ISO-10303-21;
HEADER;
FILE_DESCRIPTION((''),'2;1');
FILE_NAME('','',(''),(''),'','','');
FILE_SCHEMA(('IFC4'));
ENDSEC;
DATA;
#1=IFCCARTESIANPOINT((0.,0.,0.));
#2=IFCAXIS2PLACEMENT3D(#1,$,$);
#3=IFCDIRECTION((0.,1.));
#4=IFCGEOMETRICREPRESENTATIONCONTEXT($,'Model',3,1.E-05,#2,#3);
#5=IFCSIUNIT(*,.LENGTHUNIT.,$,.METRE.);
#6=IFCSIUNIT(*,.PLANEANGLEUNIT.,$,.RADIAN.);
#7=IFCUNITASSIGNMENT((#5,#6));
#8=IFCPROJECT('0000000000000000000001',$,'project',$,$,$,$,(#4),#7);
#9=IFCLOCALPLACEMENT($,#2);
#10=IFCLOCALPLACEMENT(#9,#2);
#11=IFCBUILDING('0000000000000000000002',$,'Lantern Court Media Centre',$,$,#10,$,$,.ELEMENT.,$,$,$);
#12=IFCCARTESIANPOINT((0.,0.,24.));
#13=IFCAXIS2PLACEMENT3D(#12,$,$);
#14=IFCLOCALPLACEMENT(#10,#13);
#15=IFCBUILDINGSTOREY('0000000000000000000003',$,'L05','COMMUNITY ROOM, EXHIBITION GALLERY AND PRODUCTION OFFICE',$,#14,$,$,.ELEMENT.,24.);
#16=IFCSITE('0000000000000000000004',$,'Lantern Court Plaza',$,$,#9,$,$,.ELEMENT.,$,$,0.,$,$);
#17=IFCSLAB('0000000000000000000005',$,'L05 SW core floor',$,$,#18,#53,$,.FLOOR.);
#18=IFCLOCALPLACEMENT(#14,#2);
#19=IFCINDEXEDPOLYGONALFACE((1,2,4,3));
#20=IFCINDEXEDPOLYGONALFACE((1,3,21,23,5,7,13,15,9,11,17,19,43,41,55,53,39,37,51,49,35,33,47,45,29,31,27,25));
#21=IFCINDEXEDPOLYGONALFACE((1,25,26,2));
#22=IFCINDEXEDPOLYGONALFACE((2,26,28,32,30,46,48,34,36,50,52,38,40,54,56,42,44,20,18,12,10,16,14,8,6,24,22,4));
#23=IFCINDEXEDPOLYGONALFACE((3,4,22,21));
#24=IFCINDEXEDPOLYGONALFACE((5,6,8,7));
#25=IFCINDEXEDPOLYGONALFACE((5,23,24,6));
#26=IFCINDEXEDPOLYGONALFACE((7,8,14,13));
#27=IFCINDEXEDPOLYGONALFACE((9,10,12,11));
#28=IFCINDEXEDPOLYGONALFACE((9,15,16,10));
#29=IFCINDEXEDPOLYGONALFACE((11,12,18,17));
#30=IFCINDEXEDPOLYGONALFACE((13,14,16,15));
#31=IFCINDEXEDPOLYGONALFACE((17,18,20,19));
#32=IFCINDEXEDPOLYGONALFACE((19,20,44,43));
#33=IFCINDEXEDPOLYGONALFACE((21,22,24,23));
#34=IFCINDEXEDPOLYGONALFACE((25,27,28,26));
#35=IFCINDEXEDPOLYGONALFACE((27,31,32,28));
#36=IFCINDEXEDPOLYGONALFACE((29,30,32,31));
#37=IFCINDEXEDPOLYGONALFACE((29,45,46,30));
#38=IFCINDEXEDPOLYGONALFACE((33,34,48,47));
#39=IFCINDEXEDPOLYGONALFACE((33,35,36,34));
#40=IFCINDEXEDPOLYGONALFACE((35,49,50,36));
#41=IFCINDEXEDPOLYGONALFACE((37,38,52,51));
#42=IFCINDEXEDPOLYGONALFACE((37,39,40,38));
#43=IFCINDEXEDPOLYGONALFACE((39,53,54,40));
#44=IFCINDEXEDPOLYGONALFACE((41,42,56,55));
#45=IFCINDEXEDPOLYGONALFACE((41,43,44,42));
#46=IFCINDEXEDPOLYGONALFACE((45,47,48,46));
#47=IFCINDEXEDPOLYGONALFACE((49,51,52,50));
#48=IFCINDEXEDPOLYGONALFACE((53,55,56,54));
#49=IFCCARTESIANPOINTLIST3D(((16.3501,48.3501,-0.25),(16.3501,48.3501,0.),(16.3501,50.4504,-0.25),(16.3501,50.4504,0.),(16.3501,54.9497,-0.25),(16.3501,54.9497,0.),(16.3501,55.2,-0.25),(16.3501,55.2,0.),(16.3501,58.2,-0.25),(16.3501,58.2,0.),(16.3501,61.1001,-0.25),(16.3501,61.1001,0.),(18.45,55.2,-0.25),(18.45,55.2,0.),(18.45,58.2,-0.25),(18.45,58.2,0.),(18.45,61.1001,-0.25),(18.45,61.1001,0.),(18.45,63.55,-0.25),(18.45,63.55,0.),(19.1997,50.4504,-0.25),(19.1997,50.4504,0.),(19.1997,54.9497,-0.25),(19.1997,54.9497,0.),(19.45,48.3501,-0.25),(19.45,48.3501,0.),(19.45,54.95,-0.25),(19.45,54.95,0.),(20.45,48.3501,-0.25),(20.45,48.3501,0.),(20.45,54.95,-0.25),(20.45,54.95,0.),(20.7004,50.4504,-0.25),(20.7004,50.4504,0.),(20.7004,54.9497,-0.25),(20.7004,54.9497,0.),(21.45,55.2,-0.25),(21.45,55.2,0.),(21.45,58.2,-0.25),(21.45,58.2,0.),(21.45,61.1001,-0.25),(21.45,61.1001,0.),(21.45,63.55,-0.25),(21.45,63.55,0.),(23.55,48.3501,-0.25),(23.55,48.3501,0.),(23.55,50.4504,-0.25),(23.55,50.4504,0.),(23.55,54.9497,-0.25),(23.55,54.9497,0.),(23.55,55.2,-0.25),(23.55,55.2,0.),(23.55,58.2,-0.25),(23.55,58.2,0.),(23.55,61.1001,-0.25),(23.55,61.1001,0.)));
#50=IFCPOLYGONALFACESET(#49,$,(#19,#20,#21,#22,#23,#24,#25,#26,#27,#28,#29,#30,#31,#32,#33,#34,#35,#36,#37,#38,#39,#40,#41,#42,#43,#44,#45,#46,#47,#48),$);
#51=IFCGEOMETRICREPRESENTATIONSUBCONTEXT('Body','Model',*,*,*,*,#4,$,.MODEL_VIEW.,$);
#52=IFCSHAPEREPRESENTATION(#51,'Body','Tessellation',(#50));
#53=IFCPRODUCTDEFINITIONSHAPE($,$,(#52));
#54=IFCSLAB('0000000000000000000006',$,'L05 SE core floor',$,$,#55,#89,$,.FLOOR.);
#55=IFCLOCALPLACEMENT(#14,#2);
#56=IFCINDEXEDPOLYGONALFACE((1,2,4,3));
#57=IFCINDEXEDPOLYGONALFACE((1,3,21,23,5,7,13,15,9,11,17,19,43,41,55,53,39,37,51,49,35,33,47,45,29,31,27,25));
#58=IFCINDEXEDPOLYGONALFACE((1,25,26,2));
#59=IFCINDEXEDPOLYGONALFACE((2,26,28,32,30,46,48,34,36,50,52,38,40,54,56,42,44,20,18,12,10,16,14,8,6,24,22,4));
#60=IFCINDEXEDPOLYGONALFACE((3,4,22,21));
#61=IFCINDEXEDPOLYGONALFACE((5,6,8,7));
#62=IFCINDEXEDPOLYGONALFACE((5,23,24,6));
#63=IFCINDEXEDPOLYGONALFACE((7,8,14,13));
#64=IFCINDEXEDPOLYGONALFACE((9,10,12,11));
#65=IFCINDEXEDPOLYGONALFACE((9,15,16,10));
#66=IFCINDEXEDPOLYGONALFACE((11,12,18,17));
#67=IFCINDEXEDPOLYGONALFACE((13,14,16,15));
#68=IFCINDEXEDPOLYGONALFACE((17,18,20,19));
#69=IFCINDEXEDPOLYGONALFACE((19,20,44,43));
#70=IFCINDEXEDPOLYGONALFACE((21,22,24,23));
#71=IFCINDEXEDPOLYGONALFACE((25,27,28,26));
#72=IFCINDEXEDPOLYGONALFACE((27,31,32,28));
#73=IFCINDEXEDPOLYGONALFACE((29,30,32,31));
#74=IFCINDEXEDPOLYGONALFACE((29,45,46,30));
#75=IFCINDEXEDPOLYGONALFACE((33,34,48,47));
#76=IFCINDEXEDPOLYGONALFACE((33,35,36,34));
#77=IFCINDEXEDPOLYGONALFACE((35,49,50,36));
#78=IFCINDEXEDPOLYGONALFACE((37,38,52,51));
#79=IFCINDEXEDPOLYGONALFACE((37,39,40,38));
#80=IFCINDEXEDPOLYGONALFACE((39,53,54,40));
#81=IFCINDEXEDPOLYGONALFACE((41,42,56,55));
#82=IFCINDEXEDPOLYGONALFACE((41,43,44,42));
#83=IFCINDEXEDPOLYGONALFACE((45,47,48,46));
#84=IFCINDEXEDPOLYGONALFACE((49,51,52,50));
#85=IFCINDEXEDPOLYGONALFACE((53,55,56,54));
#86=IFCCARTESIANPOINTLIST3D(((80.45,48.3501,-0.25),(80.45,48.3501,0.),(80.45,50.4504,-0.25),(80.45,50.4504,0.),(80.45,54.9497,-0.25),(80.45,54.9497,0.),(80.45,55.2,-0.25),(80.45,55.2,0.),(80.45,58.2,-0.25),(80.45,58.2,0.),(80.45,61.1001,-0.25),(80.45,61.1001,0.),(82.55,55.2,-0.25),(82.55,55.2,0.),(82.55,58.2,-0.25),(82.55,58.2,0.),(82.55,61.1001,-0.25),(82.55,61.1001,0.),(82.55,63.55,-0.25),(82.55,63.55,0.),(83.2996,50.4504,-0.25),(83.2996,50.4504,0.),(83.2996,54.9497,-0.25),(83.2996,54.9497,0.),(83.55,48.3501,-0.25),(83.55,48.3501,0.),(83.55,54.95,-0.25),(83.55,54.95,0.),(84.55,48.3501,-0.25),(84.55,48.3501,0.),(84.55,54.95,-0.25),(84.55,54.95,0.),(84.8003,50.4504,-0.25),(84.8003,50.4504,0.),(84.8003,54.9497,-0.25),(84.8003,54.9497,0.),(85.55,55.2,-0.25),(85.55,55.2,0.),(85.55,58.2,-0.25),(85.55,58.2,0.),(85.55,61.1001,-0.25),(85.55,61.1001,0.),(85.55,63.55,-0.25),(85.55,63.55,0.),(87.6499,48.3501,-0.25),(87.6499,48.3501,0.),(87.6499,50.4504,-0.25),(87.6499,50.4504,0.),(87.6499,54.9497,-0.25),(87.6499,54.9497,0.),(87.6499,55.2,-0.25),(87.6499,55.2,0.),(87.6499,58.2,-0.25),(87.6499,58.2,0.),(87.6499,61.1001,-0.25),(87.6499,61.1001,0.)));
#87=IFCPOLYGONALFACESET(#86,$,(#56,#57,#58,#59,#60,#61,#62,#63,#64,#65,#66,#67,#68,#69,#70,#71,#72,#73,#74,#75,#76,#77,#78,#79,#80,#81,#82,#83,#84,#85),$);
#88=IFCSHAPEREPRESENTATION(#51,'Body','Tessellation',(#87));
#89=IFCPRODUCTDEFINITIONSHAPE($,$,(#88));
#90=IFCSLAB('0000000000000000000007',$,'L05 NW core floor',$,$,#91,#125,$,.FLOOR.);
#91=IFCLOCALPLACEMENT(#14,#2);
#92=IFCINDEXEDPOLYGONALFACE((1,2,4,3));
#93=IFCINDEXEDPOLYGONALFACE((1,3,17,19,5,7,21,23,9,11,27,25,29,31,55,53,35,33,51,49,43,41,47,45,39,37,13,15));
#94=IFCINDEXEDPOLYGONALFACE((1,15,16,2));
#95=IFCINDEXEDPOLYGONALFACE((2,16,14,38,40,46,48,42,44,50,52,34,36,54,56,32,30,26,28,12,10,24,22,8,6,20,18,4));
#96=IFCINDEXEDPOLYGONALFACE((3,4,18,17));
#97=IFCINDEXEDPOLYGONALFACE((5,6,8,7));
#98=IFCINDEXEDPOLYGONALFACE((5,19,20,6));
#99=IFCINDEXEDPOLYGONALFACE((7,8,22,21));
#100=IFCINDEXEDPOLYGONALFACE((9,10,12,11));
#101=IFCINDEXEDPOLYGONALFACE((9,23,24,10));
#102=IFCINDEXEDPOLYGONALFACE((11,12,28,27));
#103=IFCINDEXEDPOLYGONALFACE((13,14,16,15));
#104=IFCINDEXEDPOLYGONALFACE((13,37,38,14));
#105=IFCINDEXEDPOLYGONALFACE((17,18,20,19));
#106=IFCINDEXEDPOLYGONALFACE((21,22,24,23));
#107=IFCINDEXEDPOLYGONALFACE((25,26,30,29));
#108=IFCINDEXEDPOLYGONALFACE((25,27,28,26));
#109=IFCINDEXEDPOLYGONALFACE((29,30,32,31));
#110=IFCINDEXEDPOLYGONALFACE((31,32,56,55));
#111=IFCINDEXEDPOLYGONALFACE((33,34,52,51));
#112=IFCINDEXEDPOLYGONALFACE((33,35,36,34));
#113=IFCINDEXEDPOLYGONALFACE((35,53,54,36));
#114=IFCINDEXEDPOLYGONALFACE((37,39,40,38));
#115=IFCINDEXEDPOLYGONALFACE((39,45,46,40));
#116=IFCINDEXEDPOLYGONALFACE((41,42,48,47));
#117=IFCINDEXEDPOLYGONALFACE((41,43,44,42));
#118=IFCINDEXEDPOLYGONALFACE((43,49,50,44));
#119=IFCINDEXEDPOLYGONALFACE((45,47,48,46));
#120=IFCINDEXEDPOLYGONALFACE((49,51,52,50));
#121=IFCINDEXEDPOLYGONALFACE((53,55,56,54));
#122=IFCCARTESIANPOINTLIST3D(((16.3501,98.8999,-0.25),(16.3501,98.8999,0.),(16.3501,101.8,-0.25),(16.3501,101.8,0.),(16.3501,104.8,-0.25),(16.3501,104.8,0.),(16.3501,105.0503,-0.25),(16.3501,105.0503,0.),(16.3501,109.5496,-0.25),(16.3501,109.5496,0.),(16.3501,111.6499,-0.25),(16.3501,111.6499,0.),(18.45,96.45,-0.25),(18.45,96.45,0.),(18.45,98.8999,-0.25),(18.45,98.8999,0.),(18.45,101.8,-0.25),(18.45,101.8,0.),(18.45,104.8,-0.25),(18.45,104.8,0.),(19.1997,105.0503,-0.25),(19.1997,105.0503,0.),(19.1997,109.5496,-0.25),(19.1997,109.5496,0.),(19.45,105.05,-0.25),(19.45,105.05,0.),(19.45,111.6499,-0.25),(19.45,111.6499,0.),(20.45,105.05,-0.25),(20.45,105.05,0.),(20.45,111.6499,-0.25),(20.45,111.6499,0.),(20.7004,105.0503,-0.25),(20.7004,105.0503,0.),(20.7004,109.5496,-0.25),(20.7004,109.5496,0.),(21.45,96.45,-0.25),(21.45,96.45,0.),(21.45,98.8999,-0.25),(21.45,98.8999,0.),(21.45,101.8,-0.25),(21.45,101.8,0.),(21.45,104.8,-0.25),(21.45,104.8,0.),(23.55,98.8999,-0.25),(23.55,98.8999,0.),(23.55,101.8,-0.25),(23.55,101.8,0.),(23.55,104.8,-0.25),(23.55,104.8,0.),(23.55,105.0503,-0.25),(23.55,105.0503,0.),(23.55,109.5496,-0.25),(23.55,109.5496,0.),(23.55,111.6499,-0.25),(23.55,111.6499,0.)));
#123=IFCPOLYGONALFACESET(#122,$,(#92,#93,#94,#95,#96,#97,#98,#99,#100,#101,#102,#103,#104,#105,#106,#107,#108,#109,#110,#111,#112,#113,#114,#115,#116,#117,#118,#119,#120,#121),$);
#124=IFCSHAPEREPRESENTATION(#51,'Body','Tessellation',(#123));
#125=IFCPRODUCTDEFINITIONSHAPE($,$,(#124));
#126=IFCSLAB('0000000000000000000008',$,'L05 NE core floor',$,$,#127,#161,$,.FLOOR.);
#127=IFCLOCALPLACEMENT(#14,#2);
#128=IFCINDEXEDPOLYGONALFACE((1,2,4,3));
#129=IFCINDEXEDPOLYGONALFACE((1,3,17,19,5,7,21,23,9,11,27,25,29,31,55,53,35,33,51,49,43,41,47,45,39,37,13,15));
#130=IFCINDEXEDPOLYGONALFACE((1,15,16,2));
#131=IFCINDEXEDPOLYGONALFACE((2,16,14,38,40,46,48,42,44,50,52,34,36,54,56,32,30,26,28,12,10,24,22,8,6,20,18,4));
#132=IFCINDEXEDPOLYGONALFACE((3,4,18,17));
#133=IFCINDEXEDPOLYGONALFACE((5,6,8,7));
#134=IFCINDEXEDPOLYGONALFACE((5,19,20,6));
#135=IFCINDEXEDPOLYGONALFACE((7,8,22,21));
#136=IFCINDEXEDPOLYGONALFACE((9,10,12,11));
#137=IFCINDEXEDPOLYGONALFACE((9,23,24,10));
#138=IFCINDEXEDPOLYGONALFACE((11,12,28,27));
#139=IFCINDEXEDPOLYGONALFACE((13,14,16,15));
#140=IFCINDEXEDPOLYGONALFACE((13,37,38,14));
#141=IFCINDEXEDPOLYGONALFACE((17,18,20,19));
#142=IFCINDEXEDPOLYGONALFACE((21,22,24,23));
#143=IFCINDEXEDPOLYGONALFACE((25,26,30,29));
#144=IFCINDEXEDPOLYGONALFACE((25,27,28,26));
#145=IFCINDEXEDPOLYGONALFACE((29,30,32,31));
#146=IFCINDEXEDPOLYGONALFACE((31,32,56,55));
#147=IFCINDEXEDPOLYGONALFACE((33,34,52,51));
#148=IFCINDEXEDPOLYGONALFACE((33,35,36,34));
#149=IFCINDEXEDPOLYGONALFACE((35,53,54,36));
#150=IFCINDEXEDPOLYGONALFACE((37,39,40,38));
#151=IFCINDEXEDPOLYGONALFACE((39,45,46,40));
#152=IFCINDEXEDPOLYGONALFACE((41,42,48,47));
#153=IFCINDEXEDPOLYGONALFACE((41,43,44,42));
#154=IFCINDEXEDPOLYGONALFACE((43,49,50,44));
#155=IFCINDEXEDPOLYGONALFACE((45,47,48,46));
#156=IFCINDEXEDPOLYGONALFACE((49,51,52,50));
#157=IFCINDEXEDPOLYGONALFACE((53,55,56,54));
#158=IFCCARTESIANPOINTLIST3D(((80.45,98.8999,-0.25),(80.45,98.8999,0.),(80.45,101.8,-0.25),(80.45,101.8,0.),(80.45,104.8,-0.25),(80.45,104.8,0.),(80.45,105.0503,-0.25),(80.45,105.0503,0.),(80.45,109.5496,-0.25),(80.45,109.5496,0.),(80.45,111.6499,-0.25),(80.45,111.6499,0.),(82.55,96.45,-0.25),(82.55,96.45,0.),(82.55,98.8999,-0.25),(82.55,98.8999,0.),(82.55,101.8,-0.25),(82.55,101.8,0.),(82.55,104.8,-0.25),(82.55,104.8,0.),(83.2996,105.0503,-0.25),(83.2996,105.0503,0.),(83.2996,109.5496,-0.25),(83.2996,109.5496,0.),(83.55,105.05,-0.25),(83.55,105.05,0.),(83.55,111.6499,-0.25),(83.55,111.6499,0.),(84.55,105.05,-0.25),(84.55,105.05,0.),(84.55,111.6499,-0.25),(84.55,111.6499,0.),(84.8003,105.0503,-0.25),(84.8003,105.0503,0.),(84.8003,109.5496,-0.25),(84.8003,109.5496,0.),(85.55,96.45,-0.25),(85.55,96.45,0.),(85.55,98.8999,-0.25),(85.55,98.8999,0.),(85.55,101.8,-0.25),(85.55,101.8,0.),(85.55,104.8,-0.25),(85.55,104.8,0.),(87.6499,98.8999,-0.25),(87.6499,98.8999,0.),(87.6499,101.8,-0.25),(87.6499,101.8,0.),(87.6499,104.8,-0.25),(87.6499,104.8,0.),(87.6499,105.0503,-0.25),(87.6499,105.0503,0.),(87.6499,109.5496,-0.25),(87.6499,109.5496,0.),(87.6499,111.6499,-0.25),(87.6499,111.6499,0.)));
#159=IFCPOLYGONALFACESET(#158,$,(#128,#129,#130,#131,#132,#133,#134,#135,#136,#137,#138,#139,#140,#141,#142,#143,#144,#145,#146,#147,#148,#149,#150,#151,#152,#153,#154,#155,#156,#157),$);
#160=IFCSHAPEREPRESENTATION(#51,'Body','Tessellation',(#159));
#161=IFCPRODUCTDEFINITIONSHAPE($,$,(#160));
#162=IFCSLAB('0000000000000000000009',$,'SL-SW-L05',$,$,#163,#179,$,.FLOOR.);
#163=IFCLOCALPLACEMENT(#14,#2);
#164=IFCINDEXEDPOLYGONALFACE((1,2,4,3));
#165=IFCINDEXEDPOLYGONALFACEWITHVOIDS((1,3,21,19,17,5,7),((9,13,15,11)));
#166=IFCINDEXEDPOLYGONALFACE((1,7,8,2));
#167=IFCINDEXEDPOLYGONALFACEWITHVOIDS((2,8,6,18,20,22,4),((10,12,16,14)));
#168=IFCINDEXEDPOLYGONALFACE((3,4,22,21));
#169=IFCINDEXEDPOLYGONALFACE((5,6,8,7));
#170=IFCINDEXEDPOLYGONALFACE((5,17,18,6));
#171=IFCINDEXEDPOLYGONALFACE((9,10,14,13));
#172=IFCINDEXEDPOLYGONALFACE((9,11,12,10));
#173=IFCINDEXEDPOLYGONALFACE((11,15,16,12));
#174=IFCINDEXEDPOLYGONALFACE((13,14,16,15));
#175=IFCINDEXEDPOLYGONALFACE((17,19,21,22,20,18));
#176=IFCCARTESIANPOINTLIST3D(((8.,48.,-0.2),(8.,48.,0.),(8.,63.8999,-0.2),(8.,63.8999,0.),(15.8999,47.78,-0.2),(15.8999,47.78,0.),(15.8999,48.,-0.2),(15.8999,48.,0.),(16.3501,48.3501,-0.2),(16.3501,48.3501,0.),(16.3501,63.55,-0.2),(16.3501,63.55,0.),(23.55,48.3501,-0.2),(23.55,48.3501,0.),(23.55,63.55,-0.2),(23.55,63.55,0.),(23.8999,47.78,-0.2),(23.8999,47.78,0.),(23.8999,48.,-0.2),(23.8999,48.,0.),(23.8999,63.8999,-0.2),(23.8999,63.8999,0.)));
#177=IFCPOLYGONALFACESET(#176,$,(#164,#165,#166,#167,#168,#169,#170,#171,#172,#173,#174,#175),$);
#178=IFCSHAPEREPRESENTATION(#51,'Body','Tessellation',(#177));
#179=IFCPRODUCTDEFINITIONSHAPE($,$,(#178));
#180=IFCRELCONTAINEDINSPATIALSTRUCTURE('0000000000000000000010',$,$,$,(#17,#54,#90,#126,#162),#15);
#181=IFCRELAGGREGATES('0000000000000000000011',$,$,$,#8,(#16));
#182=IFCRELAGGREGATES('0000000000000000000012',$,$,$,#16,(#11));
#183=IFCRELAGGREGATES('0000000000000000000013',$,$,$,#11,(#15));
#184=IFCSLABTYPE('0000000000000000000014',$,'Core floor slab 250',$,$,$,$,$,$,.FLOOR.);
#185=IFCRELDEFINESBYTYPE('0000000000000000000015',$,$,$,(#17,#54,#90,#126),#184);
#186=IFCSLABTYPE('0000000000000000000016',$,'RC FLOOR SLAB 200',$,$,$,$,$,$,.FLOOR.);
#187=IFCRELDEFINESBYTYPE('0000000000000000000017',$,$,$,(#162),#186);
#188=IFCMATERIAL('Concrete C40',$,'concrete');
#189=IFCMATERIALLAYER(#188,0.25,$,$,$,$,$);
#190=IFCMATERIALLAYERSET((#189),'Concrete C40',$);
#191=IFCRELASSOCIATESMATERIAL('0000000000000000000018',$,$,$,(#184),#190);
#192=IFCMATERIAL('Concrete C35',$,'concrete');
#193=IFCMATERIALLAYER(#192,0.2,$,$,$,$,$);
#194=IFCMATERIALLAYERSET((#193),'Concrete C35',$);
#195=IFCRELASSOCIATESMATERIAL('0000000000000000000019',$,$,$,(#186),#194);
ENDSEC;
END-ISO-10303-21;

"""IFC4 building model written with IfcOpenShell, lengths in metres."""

from ifc_helpers import new_model, si_unit, direction, frame, origin, place, context, subcontext, project, spatial, polyline, outline, extrude, material, layer, layer_set, type_object, element, save


model = new_model("IFC4")

# Units and contexts
model_context = context("Model", 3, precision=1e-05, world=origin(), true_north=direction((0.0, 1.0)))
body_context = subcontext(model_context, "Body", "Model", "MODEL_VIEW")
ifc_project = project(units=[si_unit("LENGTHUNIT", "METRE"), si_unit("PLANEANGLEUNIT", "RADIAN")], contexts=[model_context])

# Site, building, storey
site_placement = place(None, origin())
site = spatial("IfcSite", under=ifc_project, at=site_placement, Name="Lantern Court Plaza", CompositionType="ELEMENT", RefElevation=0.0)
building_placement = place(site_placement, origin())
building = spatial("IfcBuilding", under=site, at=building_placement, Name="Lantern Court Media Centre", CompositionType="ELEMENT")
storey_placement = place(building_placement, frame((0.0, 0.0, 24.0)))
storey = spatial("IfcBuildingStorey", under=building, at=storey_placement, Name="L05", Description="COMMUNITY ROOM, EXHIBITION GALLERY AND PRODUCTION OFFICE", CompositionType="ELEMENT", Elevation=24.0)

# Slabs
ifc_material_1 = material(Name="Concrete C40", Category="concrete")
ifc_layer_1 = layer(ifc_material_1, 0.25)
ifc_layer_set_1 = layer_set([ifc_layer_1], Name="Concrete C40")
slab_type_1 = type_object("IfcSlabType", Name="Core floor slab 250", PredefinedType="FLOOR", material=ifc_layer_set_1)
slab_1_placement = place(storey_placement, frame((0.0, 0.0, -0.25)))
element("IfcSlab", 1, at=slab_1_placement, inside=storey, type_object=slab_type_1, Name="L05 SW core floor", PredefinedType="FLOOR", context=body_context, shape_type="SweptSolid", body=[
    extrude(outline(polyline([(16.3501, 58.2), (16.3501, 61.1001), (18.45, 61.1001), (18.45, 63.55), (21.45, 63.55), (21.45, 61.1001), (23.55, 61.1001), (23.55, 58.2), (21.45, 58.2), (21.45, 55.2), (23.55, 55.2), (23.55, 54.9497), (20.7004, 54.9497), (20.7004, 50.4504), (23.55, 50.4504), (23.55, 48.3501), (20.45, 48.3501), (20.45, 54.95), (19.45, 54.95), (19.45, 48.3501), (16.3501, 48.3501), (16.3501, 50.4504), (19.1997, 50.4504), (19.1997, 54.9497), (16.3501, 54.9497), (16.3501, 55.2), (18.45, 55.2), (18.45, 58.2), (16.3501, 58.2)])), origin(), (0.0, 0.0, 1.0), 0.25),
])
slab_2_placement = place(storey_placement, frame((0.0, 0.0, -0.25)))
element("IfcSlab", 2, at=slab_2_placement, inside=storey, type_object=slab_type_1, Name="L05 SE core floor", PredefinedType="FLOOR", context=body_context, shape_type="SweptSolid", body=[
    extrude(outline(polyline([(87.6499, 55.2), (87.6499, 54.9497), (84.8003, 54.9497), (84.8003, 50.4504), (87.6499, 50.4504), (87.6499, 48.3501), (84.55, 48.3501), (84.55, 54.95), (83.55, 54.95), (83.55, 48.3501), (80.45, 48.3501), (80.45, 50.4504), (83.2996, 50.4504), (83.2996, 54.9497), (80.45, 54.9497), (80.45, 55.2), (82.55, 55.2), (82.55, 58.2), (80.45, 58.2), (80.45, 61.1001), (82.55, 61.1001), (82.55, 63.55), (85.55, 63.55), (85.55, 61.1001), (87.6499, 61.1001), (87.6499, 58.2), (85.55, 58.2), (85.55, 55.2), (87.6499, 55.2)])), origin(), (0.0, 0.0, 1.0), 0.25),
])
slab_3_placement = place(storey_placement, frame((0.0, 0.0, -0.25)))
element("IfcSlab", 3, at=slab_3_placement, inside=storey, type_object=slab_type_1, Name="L05 NW core floor", PredefinedType="FLOOR", context=body_context, shape_type="SweptSolid", body=[
    extrude(outline(polyline([(16.3501, 104.8), (16.3501, 105.0503), (19.1997, 105.0503), (19.1997, 109.5496), (16.3501, 109.5496), (16.3501, 111.6499), (19.45, 111.6499), (19.45, 105.05), (20.45, 105.05), (20.45, 111.6499), (23.55, 111.6499), (23.55, 109.5496), (20.7004, 109.5496), (20.7004, 105.0503), (23.55, 105.0503), (23.55, 104.8), (21.45, 104.8), (21.45, 101.8), (23.55, 101.8), (23.55, 98.8999), (21.45, 98.8999), (21.45, 96.45), (18.45, 96.45), (18.45, 98.8999), (16.3501, 98.8999), (16.3501, 101.8), (18.45, 101.8), (18.45, 104.8), (16.3501, 104.8)])), origin(), (0.0, 0.0, 1.0), 0.25),
])
slab_4_placement = place(storey_placement, frame((0.0, 0.0, -0.25)))
element("IfcSlab", 4, at=slab_4_placement, inside=storey, type_object=slab_type_1, Name="L05 NE core floor", PredefinedType="FLOOR", context=body_context, shape_type="SweptSolid", body=[
    extrude(outline(polyline([(87.6499, 101.8), (87.6499, 98.8999), (85.55, 98.8999), (85.55, 96.45), (82.55, 96.45), (82.55, 98.8999), (80.45, 98.8999), (80.45, 101.8), (82.55, 101.8), (82.55, 104.8), (80.45, 104.8), (80.45, 105.0503), (83.2996, 105.0503), (83.2996, 109.5496), (80.45, 109.5496), (80.45, 111.6499), (83.55, 111.6499), (83.55, 105.05), (84.55, 105.05), (84.55, 111.6499), (87.6499, 111.6499), (87.6499, 109.5496), (84.8003, 109.5496), (84.8003, 105.0503), (87.6499, 105.0503), (87.6499, 104.8), (85.55, 104.8), (85.55, 101.8), (87.6499, 101.8)])), origin(), (0.0, 0.0, 1.0), 0.25),
])
ifc_material_2 = material(Name="Concrete C35", Category="concrete")
ifc_layer_2 = layer(ifc_material_2, 0.2)
ifc_layer_set_2 = layer_set([ifc_layer_2], Name="Concrete C35")
slab_type_2 = type_object("IfcSlabType", Name="RC FLOOR SLAB 200", PredefinedType="FLOOR", material=ifc_layer_set_2)
slab_5_placement = place(storey_placement, frame((0.0, 0.0, -0.2)))
element("IfcSlab", 5, at=slab_5_placement, inside=storey, type_object=slab_type_2, Name="SL-SW-L05", PredefinedType="FLOOR", context=body_context, shape_type="SweptSolid", body=[
    extrude(outline(polyline([(8.0, 63.8999), (23.8999, 63.8999), (23.8999, 48.0), (23.8999, 47.78), (15.8999, 47.78), (15.8999, 48.0), (8.0, 48.0), (8.0, 63.8999)]), holes=[polyline([(16.3501, 63.55), (16.3501, 48.3501), (23.55, 48.3501), (23.55, 63.55), (16.3501, 63.55)])]), origin(), (0.0, 0.0, 1.0), 0.2),
])

save(model, "model.ifc")
